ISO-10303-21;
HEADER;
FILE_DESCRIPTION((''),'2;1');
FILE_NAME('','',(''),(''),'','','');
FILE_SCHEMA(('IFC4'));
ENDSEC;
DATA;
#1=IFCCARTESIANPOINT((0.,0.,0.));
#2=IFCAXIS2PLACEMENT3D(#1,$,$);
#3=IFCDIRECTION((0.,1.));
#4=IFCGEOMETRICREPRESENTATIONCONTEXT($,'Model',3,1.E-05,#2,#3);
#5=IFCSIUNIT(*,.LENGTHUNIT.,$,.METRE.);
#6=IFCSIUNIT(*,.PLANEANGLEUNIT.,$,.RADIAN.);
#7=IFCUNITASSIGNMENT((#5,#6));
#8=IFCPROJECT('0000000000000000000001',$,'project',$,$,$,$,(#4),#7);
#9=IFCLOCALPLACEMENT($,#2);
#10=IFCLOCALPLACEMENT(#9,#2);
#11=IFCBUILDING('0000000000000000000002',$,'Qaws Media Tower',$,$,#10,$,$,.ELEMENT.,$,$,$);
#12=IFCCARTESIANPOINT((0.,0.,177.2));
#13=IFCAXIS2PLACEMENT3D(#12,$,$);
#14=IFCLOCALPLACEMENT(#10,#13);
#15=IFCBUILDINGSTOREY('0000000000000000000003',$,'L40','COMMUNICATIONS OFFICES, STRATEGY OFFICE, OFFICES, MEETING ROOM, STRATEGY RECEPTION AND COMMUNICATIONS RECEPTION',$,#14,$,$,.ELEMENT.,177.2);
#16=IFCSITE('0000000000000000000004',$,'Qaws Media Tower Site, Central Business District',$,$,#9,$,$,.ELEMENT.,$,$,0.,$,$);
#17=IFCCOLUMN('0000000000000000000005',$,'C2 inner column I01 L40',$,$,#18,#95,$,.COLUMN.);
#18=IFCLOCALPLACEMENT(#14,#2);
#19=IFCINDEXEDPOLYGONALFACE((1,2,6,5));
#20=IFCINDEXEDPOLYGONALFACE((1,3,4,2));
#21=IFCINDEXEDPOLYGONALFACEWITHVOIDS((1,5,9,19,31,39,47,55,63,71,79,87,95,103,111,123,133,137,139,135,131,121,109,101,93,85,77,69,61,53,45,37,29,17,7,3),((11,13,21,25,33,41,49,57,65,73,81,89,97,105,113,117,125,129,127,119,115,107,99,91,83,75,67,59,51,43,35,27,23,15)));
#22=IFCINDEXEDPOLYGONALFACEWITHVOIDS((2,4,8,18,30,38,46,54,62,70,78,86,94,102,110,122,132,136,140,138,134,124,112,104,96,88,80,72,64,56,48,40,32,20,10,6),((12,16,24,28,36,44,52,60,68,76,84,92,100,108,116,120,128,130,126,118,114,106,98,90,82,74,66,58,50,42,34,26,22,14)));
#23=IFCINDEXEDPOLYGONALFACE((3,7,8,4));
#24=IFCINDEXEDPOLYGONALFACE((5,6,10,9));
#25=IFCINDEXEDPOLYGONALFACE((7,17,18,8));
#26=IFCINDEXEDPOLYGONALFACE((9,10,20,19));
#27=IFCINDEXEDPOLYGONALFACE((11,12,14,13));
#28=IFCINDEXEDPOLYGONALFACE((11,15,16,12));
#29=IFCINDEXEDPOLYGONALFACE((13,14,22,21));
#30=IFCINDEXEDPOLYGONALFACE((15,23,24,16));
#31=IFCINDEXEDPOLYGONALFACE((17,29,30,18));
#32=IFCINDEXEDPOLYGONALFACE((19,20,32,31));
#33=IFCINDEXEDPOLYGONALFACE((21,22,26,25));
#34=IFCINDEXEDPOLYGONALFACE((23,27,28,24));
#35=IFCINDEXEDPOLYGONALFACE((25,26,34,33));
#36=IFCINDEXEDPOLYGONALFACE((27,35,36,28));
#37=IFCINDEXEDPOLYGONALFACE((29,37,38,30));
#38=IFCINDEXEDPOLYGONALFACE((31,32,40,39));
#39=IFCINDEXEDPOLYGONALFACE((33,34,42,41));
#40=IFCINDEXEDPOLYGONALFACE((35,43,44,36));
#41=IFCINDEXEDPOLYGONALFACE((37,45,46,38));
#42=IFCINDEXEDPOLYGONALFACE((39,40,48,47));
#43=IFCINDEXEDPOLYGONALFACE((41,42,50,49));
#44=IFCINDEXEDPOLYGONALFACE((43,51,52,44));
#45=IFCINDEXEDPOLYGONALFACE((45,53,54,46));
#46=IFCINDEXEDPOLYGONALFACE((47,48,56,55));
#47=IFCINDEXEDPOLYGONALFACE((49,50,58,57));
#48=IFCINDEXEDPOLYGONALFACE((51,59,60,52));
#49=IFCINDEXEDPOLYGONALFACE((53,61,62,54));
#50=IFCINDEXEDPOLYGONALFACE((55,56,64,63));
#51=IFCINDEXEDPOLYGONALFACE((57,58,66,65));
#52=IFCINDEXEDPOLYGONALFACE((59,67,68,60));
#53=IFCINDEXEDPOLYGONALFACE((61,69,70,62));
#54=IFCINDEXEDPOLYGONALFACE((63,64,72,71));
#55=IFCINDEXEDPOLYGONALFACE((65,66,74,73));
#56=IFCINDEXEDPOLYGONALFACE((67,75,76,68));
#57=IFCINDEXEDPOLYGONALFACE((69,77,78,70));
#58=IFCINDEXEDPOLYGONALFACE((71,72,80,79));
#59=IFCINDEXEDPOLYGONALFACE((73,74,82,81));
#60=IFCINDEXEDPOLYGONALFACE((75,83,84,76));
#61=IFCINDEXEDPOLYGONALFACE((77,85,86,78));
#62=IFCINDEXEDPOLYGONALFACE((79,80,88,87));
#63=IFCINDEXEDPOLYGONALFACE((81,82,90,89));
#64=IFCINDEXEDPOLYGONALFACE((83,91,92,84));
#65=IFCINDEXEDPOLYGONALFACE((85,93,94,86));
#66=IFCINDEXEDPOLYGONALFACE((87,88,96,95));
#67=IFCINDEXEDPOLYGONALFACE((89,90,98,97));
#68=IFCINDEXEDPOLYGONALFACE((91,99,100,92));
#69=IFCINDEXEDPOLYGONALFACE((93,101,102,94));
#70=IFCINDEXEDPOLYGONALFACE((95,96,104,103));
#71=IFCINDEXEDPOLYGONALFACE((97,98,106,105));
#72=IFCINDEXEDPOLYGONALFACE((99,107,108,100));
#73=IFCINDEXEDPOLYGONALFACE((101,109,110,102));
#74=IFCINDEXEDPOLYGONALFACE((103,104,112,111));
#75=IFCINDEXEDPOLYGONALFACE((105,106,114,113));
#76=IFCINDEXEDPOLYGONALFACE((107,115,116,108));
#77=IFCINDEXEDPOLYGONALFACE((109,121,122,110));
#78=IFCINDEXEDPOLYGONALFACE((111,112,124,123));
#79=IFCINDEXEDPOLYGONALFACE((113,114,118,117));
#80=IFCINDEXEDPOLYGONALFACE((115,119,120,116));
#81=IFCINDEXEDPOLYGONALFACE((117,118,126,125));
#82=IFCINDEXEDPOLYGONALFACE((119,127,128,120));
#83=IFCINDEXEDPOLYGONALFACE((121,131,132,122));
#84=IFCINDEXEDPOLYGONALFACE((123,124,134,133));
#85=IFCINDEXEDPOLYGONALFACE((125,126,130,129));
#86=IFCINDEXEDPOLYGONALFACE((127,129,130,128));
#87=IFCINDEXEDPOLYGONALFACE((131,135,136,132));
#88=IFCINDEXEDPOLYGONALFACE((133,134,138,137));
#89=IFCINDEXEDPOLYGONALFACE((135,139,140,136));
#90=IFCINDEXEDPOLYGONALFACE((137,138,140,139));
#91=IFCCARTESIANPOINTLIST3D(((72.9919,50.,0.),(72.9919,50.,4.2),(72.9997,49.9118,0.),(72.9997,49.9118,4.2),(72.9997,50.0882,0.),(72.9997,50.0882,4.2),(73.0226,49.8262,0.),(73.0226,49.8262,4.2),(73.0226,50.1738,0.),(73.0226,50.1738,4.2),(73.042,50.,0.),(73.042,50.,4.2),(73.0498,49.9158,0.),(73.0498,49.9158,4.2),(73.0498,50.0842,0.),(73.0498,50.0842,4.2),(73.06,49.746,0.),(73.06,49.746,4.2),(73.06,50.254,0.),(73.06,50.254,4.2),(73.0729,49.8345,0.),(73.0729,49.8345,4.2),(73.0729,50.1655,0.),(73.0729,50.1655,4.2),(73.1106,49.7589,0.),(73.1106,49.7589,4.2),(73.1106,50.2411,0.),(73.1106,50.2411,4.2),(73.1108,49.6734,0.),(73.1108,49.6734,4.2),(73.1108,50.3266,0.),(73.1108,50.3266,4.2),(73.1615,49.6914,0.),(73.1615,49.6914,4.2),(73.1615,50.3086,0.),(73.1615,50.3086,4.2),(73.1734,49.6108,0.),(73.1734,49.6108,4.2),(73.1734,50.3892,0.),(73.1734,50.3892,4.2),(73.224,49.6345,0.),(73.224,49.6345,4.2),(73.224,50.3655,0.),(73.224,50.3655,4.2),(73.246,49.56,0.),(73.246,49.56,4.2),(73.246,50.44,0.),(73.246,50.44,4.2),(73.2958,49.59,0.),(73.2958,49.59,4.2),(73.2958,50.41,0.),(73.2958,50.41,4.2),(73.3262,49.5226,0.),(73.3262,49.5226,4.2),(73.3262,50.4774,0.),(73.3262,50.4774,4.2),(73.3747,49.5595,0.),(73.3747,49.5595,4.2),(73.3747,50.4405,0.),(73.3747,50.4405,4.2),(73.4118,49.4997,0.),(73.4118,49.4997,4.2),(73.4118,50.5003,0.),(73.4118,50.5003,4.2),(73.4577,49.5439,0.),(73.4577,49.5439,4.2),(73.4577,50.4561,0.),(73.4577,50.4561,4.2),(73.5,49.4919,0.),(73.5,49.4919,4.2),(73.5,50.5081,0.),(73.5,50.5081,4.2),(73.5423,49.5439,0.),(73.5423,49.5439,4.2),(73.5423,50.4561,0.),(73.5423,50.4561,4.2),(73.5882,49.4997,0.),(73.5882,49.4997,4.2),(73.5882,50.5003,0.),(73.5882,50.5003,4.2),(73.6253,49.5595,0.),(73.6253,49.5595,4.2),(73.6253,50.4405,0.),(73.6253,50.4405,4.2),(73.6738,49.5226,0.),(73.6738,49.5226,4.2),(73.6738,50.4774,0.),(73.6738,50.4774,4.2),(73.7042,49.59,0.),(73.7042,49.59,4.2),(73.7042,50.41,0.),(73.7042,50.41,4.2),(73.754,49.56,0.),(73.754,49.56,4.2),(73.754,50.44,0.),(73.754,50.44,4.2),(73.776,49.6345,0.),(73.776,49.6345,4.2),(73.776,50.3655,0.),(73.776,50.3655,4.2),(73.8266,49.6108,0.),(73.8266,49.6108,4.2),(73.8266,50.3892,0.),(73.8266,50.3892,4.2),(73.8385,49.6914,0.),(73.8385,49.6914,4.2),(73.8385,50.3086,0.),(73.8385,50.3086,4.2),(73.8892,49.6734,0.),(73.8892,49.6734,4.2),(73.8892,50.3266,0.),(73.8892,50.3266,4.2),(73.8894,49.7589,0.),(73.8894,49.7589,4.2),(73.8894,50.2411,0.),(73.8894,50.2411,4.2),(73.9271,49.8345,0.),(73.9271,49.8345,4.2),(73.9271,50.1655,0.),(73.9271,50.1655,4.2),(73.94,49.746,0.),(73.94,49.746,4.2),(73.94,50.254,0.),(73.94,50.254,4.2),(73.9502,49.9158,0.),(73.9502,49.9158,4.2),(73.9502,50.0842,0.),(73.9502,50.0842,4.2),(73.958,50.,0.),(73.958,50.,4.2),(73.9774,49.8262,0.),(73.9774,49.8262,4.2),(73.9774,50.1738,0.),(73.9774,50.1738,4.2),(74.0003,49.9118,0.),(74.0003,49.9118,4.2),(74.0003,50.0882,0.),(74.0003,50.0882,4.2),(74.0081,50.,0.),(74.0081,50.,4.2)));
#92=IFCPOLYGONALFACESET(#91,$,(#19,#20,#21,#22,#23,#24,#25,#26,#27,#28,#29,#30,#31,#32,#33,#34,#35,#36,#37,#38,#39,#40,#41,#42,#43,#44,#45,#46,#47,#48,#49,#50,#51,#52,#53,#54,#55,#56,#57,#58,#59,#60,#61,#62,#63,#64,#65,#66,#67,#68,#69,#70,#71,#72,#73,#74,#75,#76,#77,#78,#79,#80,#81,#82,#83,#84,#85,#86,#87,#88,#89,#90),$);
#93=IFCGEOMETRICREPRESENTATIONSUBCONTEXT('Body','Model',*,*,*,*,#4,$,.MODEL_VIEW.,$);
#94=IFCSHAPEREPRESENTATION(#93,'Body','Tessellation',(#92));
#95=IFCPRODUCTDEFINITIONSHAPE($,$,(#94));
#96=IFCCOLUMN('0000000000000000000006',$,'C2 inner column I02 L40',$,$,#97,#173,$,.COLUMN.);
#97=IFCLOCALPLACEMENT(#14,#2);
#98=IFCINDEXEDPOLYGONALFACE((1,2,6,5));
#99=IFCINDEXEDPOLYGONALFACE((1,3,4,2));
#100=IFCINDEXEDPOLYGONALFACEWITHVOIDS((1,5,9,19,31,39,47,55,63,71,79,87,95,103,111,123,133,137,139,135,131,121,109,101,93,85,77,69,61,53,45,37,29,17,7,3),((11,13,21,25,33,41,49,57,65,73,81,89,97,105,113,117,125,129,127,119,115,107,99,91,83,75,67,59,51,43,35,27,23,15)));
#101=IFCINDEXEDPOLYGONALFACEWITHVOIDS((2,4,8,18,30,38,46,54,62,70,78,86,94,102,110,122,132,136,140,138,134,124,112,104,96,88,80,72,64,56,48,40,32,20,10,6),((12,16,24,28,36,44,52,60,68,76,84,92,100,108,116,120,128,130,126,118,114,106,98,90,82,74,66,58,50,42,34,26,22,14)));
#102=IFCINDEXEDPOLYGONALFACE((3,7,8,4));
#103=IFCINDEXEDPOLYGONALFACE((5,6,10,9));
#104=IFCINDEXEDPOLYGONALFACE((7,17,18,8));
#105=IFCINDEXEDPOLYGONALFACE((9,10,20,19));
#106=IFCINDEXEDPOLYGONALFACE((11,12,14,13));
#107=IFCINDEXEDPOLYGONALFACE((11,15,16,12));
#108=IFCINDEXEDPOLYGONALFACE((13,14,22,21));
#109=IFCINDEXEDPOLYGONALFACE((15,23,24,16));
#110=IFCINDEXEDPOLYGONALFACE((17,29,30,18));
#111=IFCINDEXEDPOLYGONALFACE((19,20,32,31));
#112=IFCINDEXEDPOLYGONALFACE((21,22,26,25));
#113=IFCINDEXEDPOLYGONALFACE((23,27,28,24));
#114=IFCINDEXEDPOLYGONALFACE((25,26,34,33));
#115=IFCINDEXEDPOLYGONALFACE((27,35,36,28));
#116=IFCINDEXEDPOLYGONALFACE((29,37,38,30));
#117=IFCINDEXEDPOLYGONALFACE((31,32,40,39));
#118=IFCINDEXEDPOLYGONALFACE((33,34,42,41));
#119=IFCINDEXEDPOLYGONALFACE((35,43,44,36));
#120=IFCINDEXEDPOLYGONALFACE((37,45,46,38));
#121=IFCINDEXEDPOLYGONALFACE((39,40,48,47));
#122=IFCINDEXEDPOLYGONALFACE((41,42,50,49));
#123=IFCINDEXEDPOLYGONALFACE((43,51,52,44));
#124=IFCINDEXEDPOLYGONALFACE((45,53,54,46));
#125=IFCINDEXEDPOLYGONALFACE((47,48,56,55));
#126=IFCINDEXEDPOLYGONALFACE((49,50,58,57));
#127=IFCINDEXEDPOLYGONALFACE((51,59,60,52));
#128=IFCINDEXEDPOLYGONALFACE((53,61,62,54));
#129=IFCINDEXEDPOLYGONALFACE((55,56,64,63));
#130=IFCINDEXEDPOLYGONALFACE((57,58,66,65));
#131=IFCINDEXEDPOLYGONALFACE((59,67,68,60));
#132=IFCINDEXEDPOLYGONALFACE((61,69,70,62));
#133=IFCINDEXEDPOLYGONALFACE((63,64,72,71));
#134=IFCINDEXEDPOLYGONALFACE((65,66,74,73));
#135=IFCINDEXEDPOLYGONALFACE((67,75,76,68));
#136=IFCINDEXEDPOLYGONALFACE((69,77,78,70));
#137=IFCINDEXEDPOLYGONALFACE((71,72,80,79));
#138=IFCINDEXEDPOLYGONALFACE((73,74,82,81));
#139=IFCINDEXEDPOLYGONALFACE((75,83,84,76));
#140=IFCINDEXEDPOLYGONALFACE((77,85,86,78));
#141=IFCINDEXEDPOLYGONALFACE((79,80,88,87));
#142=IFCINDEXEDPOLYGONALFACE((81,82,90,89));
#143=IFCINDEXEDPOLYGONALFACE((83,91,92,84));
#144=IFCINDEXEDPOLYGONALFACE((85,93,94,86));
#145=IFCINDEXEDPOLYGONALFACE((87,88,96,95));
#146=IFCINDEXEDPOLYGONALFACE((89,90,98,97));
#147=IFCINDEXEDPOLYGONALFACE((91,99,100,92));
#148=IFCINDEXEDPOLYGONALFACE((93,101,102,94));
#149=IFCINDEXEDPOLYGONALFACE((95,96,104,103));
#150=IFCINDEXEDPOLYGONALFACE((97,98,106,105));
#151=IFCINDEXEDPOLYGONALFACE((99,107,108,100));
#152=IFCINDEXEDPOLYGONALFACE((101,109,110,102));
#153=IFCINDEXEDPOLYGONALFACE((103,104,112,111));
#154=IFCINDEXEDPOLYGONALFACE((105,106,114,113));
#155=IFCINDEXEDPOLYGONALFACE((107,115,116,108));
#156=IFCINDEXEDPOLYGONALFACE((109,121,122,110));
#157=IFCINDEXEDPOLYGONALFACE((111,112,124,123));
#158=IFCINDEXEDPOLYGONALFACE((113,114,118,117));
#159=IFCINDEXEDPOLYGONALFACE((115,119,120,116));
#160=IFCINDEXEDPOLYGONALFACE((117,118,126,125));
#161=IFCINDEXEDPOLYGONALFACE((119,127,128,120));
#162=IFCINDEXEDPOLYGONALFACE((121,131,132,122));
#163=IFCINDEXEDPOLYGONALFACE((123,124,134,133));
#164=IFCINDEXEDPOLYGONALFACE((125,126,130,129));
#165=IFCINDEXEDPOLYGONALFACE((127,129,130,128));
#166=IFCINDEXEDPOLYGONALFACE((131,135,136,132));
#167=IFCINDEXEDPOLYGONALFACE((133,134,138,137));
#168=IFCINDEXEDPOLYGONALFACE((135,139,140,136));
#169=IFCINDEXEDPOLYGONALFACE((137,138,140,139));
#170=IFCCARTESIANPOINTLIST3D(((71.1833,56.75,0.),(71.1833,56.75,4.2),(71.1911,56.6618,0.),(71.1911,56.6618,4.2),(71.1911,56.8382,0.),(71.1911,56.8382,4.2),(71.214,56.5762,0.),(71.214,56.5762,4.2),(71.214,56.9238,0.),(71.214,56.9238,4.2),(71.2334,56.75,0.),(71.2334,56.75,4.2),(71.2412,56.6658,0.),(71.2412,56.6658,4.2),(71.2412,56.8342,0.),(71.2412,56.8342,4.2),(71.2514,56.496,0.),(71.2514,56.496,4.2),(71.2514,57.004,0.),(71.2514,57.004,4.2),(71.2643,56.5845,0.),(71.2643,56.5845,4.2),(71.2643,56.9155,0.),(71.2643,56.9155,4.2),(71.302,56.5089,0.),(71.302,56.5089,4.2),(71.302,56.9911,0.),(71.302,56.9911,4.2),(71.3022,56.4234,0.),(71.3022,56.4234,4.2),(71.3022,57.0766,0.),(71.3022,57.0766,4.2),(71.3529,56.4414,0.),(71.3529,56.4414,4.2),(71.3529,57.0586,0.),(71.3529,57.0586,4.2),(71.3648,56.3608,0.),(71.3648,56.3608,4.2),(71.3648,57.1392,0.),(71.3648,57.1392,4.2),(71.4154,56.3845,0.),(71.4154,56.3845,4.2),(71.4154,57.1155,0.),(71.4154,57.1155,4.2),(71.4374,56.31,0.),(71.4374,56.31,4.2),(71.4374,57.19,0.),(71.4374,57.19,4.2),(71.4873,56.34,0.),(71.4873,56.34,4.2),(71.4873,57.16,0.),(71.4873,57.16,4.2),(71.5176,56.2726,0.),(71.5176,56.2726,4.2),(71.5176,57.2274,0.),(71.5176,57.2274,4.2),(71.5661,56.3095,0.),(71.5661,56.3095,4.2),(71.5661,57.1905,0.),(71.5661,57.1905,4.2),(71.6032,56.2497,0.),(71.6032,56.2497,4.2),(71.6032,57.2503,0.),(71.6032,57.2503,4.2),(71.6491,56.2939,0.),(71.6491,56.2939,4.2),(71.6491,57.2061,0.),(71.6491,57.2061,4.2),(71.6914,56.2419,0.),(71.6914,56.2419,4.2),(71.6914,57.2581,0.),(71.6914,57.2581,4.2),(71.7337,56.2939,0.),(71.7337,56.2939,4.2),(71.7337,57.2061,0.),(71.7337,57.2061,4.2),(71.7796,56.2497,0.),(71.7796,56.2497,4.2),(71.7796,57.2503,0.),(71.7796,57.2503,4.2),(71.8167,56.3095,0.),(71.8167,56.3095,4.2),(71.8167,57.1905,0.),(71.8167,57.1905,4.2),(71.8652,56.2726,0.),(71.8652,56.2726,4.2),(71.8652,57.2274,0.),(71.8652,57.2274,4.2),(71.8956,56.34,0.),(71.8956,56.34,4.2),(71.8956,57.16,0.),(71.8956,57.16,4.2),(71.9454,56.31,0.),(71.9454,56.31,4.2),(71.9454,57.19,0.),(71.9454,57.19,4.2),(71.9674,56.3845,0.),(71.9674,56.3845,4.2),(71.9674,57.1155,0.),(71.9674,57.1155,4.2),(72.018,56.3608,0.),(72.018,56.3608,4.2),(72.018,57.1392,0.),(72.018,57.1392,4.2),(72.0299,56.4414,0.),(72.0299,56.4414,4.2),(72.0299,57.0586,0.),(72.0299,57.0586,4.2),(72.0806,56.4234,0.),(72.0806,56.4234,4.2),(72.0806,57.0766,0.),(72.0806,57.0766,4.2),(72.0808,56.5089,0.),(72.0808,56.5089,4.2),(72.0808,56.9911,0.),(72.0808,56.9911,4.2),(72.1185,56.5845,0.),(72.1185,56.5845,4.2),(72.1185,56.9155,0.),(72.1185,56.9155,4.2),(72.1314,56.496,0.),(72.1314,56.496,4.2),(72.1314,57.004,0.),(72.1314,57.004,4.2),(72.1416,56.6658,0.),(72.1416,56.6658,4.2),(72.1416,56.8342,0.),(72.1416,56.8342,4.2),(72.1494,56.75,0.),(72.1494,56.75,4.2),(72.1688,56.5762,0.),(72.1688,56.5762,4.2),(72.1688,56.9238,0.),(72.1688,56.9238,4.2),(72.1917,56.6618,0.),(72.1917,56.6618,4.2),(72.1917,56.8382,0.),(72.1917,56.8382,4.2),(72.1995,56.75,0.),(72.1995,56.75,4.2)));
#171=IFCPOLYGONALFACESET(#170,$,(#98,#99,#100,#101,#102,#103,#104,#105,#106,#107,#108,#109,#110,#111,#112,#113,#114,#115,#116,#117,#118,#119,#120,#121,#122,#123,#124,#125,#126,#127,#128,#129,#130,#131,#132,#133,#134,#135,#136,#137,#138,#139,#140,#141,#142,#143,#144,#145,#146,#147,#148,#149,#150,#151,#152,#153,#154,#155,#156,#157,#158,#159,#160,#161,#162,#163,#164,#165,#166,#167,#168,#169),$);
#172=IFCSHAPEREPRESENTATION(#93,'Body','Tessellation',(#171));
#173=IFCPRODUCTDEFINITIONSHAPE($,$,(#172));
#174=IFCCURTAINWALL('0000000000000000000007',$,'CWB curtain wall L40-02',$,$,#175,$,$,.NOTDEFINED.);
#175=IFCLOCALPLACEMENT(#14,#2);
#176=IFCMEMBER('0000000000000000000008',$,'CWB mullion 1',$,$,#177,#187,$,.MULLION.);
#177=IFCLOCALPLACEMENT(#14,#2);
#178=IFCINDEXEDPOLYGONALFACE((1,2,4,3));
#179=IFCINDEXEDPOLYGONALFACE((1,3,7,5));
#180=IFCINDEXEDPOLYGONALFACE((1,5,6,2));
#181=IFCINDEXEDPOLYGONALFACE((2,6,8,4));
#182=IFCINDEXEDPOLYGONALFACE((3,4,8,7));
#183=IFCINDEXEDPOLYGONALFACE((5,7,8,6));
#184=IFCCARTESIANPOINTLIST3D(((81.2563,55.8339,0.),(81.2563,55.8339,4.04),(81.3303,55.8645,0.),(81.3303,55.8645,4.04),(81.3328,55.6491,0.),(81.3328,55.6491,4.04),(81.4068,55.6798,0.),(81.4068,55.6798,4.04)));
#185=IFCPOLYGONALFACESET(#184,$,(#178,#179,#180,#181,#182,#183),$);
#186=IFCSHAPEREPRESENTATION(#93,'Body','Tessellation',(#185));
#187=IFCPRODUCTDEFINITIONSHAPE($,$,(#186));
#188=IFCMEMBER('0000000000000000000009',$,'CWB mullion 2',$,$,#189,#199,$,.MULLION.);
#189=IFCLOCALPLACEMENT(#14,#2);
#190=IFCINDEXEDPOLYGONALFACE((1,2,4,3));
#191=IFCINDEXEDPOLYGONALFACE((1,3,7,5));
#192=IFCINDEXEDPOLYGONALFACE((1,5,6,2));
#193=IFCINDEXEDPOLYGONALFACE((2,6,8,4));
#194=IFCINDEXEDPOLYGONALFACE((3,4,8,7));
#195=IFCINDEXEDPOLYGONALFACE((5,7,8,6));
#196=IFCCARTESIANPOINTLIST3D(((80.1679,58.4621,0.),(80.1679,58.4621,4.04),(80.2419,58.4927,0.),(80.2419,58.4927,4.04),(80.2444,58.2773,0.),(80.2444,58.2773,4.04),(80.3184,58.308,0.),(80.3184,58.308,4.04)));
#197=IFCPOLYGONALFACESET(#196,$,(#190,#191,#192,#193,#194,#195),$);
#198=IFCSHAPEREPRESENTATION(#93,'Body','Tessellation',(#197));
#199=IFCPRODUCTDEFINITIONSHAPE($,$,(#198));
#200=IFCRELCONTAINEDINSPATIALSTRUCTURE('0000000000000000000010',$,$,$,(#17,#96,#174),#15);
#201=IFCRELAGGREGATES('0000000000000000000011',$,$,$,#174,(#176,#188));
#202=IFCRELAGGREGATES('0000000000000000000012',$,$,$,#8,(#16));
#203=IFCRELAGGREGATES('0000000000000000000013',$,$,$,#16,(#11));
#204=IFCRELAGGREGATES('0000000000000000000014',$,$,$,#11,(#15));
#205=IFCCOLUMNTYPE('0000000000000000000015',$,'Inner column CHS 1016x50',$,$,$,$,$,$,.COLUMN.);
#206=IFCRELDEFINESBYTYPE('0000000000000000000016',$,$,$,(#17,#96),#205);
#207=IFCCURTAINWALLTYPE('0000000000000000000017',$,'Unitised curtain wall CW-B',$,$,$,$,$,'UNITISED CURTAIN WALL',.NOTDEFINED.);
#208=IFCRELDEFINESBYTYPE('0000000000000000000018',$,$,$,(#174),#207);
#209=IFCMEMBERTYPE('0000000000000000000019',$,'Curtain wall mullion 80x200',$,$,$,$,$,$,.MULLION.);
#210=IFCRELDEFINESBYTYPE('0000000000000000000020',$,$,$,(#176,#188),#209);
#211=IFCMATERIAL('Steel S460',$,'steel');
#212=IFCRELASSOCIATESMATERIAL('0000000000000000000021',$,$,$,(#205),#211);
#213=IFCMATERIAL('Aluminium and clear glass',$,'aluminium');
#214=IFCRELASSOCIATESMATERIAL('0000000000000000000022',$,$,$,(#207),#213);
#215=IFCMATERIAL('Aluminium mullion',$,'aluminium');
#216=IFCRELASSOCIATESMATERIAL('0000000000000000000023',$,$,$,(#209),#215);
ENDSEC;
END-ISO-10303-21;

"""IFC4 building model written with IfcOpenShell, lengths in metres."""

from ifc_helpers import new_model, si_unit, direction, frame, origin, origin_2d, place, context, subcontext, project, spatial, rectangle, hollow_circle, extrude, material, material_profile, profile_set, type_object, element, aggregate, save


model = new_model("IFC4")

# Units and contexts
model_context = context("Model", 3, precision=1e-05, world=origin(), true_north=direction((0.0, 1.0)))
body_context = subcontext(model_context, "Body", "Model", "MODEL_VIEW")
ifc_project = project(units=[si_unit("LENGTHUNIT", "METRE"), si_unit("PLANEANGLEUNIT", "RADIAN")], contexts=[model_context])

# Site, building, storey
site_placement = place(None, origin())
site = spatial("IfcSite", under=ifc_project, at=site_placement, Name="Qaws Media Tower Site, Central Business District", CompositionType="ELEMENT", RefElevation=0.0)
building_placement = place(site_placement, origin())
building = spatial("IfcBuilding", under=site, at=building_placement, Name="Qaws Media Tower", CompositionType="ELEMENT")
storey_placement = place(building_placement, frame((0.0, 0.0, 177.2)))
storey = spatial("IfcBuildingStorey", under=building, at=storey_placement, Name="L40", Description="COMMUNICATIONS OFFICES, STRATEGY OFFICE, OFFICES, MEETING ROOM, STRATEGY RECEPTION AND COMMUNICATIONS RECEPTION", CompositionType="ELEMENT", Elevation=177.2)

# Columns
ifc_material_1 = material(Name="Steel S460", Category="steel")
ifc_material_profile_1 = material_profile(ifc_material_1, hollow_circle(Radius=0.5081, WallThickness=0.05, at=origin_2d()), Name="CHS 1016x50")
ifc_profile_set_1 = profile_set([ifc_material_profile_1], Name="Steel S460")
column_type = type_object("IfcColumnType", Name="Inner column CHS 1016x50", PredefinedType="COLUMN", material=ifc_profile_set_1)
for number, where, z_axis, x_axis, name in (
    (1, (73.5, 50.0, 0.0), (0.0, 0.0, 1.0), (1.0, 0.0, 0.0), "C2 inner column I01 L40"),
    (2, (71.6914, 56.75, 0.0), (0.0, 0.0, 1.0), (1.0, 0.0, 0.0), "C2 inner column I02 L40"),
):
    element("IfcColumn", number, at=place(storey_placement, frame(where, z_axis=z_axis, x_axis=x_axis)), inside=storey, type_object=column_type, Name=name, PredefinedType="COLUMN", context=body_context, shape_type="SweptSolid", body=[
        extrude(hollow_circle(Radius=0.5081, WallThickness=0.05, at=origin_2d()), origin(), (0.0, 0.0, 1.0), 4.2),
    ])

# Curtain wall, members
ifc_material_2 = material(Name="Aluminium and clear glass", Category="aluminium")
curtain_wall_type = type_object("IfcCurtainWallType", Name="Unitised curtain wall CW-B", ElementType="UNITISED CURTAIN WALL", PredefinedType="NOTDEFINED", material=ifc_material_2)
curtain_wall_1_placement = place(storey_placement, origin())
curtain_wall_1 = element("IfcCurtainWall", 3, at=curtain_wall_1_placement, inside=storey, type_object=curtain_wall_type, Name="CWB curtain wall L40-02", PredefinedType="NOTDEFINED")
ifc_material_3 = material(Name="Aluminium mullion", Category="aluminium")
ifc_material_profile_2 = material_profile(ifc_material_3, rectangle(XDim=0.0801, YDim=0.2, at=origin_2d()), Name="80x200")
ifc_profile_set_2 = profile_set([ifc_material_profile_2], Name="Aluminium mullion")
member_type_1 = type_object("IfcMemberType", Name="Curtain wall mullion 80x200", PredefinedType="MULLION", material=ifc_profile_set_2)
member_1_placement = place(storey_placement, frame((81.3315, 55.7568, 0.0), z_axis=(0.0, 0.0, 1.0), x_axis=(-0.923879, -0.382684, 0.0)))
member_1 = element("IfcMember", 4, at=member_1_placement, type_object=member_type_1, Name="CWB mullion 1", PredefinedType="MULLION", context=body_context, shape_type="SweptSolid", body=[
    extrude(rectangle(XDim=0.0801, YDim=0.2, at=origin_2d()), origin(), (0.0, 0.0, 1.0), 4.04),
])
member_2_placement = place(storey_placement, frame((80.2432, 58.385, 0.0), z_axis=(0.0, 0.0, 1.0), x_axis=(-0.923879, -0.382684, 0.0)))
member_2 = element("IfcMember", 5, at=member_2_placement, type_object=member_type_1, Name="CWB mullion 2", PredefinedType="MULLION", context=body_context, shape_type="SweptSolid", body=[
    extrude(rectangle(XDim=0.0801, YDim=0.2, at=origin_2d()), origin(), (0.0, 0.0, 1.0), 4.04),
])

aggregate(curtain_wall_1, [member_1, member_2])

save(model, "model.ifc")
